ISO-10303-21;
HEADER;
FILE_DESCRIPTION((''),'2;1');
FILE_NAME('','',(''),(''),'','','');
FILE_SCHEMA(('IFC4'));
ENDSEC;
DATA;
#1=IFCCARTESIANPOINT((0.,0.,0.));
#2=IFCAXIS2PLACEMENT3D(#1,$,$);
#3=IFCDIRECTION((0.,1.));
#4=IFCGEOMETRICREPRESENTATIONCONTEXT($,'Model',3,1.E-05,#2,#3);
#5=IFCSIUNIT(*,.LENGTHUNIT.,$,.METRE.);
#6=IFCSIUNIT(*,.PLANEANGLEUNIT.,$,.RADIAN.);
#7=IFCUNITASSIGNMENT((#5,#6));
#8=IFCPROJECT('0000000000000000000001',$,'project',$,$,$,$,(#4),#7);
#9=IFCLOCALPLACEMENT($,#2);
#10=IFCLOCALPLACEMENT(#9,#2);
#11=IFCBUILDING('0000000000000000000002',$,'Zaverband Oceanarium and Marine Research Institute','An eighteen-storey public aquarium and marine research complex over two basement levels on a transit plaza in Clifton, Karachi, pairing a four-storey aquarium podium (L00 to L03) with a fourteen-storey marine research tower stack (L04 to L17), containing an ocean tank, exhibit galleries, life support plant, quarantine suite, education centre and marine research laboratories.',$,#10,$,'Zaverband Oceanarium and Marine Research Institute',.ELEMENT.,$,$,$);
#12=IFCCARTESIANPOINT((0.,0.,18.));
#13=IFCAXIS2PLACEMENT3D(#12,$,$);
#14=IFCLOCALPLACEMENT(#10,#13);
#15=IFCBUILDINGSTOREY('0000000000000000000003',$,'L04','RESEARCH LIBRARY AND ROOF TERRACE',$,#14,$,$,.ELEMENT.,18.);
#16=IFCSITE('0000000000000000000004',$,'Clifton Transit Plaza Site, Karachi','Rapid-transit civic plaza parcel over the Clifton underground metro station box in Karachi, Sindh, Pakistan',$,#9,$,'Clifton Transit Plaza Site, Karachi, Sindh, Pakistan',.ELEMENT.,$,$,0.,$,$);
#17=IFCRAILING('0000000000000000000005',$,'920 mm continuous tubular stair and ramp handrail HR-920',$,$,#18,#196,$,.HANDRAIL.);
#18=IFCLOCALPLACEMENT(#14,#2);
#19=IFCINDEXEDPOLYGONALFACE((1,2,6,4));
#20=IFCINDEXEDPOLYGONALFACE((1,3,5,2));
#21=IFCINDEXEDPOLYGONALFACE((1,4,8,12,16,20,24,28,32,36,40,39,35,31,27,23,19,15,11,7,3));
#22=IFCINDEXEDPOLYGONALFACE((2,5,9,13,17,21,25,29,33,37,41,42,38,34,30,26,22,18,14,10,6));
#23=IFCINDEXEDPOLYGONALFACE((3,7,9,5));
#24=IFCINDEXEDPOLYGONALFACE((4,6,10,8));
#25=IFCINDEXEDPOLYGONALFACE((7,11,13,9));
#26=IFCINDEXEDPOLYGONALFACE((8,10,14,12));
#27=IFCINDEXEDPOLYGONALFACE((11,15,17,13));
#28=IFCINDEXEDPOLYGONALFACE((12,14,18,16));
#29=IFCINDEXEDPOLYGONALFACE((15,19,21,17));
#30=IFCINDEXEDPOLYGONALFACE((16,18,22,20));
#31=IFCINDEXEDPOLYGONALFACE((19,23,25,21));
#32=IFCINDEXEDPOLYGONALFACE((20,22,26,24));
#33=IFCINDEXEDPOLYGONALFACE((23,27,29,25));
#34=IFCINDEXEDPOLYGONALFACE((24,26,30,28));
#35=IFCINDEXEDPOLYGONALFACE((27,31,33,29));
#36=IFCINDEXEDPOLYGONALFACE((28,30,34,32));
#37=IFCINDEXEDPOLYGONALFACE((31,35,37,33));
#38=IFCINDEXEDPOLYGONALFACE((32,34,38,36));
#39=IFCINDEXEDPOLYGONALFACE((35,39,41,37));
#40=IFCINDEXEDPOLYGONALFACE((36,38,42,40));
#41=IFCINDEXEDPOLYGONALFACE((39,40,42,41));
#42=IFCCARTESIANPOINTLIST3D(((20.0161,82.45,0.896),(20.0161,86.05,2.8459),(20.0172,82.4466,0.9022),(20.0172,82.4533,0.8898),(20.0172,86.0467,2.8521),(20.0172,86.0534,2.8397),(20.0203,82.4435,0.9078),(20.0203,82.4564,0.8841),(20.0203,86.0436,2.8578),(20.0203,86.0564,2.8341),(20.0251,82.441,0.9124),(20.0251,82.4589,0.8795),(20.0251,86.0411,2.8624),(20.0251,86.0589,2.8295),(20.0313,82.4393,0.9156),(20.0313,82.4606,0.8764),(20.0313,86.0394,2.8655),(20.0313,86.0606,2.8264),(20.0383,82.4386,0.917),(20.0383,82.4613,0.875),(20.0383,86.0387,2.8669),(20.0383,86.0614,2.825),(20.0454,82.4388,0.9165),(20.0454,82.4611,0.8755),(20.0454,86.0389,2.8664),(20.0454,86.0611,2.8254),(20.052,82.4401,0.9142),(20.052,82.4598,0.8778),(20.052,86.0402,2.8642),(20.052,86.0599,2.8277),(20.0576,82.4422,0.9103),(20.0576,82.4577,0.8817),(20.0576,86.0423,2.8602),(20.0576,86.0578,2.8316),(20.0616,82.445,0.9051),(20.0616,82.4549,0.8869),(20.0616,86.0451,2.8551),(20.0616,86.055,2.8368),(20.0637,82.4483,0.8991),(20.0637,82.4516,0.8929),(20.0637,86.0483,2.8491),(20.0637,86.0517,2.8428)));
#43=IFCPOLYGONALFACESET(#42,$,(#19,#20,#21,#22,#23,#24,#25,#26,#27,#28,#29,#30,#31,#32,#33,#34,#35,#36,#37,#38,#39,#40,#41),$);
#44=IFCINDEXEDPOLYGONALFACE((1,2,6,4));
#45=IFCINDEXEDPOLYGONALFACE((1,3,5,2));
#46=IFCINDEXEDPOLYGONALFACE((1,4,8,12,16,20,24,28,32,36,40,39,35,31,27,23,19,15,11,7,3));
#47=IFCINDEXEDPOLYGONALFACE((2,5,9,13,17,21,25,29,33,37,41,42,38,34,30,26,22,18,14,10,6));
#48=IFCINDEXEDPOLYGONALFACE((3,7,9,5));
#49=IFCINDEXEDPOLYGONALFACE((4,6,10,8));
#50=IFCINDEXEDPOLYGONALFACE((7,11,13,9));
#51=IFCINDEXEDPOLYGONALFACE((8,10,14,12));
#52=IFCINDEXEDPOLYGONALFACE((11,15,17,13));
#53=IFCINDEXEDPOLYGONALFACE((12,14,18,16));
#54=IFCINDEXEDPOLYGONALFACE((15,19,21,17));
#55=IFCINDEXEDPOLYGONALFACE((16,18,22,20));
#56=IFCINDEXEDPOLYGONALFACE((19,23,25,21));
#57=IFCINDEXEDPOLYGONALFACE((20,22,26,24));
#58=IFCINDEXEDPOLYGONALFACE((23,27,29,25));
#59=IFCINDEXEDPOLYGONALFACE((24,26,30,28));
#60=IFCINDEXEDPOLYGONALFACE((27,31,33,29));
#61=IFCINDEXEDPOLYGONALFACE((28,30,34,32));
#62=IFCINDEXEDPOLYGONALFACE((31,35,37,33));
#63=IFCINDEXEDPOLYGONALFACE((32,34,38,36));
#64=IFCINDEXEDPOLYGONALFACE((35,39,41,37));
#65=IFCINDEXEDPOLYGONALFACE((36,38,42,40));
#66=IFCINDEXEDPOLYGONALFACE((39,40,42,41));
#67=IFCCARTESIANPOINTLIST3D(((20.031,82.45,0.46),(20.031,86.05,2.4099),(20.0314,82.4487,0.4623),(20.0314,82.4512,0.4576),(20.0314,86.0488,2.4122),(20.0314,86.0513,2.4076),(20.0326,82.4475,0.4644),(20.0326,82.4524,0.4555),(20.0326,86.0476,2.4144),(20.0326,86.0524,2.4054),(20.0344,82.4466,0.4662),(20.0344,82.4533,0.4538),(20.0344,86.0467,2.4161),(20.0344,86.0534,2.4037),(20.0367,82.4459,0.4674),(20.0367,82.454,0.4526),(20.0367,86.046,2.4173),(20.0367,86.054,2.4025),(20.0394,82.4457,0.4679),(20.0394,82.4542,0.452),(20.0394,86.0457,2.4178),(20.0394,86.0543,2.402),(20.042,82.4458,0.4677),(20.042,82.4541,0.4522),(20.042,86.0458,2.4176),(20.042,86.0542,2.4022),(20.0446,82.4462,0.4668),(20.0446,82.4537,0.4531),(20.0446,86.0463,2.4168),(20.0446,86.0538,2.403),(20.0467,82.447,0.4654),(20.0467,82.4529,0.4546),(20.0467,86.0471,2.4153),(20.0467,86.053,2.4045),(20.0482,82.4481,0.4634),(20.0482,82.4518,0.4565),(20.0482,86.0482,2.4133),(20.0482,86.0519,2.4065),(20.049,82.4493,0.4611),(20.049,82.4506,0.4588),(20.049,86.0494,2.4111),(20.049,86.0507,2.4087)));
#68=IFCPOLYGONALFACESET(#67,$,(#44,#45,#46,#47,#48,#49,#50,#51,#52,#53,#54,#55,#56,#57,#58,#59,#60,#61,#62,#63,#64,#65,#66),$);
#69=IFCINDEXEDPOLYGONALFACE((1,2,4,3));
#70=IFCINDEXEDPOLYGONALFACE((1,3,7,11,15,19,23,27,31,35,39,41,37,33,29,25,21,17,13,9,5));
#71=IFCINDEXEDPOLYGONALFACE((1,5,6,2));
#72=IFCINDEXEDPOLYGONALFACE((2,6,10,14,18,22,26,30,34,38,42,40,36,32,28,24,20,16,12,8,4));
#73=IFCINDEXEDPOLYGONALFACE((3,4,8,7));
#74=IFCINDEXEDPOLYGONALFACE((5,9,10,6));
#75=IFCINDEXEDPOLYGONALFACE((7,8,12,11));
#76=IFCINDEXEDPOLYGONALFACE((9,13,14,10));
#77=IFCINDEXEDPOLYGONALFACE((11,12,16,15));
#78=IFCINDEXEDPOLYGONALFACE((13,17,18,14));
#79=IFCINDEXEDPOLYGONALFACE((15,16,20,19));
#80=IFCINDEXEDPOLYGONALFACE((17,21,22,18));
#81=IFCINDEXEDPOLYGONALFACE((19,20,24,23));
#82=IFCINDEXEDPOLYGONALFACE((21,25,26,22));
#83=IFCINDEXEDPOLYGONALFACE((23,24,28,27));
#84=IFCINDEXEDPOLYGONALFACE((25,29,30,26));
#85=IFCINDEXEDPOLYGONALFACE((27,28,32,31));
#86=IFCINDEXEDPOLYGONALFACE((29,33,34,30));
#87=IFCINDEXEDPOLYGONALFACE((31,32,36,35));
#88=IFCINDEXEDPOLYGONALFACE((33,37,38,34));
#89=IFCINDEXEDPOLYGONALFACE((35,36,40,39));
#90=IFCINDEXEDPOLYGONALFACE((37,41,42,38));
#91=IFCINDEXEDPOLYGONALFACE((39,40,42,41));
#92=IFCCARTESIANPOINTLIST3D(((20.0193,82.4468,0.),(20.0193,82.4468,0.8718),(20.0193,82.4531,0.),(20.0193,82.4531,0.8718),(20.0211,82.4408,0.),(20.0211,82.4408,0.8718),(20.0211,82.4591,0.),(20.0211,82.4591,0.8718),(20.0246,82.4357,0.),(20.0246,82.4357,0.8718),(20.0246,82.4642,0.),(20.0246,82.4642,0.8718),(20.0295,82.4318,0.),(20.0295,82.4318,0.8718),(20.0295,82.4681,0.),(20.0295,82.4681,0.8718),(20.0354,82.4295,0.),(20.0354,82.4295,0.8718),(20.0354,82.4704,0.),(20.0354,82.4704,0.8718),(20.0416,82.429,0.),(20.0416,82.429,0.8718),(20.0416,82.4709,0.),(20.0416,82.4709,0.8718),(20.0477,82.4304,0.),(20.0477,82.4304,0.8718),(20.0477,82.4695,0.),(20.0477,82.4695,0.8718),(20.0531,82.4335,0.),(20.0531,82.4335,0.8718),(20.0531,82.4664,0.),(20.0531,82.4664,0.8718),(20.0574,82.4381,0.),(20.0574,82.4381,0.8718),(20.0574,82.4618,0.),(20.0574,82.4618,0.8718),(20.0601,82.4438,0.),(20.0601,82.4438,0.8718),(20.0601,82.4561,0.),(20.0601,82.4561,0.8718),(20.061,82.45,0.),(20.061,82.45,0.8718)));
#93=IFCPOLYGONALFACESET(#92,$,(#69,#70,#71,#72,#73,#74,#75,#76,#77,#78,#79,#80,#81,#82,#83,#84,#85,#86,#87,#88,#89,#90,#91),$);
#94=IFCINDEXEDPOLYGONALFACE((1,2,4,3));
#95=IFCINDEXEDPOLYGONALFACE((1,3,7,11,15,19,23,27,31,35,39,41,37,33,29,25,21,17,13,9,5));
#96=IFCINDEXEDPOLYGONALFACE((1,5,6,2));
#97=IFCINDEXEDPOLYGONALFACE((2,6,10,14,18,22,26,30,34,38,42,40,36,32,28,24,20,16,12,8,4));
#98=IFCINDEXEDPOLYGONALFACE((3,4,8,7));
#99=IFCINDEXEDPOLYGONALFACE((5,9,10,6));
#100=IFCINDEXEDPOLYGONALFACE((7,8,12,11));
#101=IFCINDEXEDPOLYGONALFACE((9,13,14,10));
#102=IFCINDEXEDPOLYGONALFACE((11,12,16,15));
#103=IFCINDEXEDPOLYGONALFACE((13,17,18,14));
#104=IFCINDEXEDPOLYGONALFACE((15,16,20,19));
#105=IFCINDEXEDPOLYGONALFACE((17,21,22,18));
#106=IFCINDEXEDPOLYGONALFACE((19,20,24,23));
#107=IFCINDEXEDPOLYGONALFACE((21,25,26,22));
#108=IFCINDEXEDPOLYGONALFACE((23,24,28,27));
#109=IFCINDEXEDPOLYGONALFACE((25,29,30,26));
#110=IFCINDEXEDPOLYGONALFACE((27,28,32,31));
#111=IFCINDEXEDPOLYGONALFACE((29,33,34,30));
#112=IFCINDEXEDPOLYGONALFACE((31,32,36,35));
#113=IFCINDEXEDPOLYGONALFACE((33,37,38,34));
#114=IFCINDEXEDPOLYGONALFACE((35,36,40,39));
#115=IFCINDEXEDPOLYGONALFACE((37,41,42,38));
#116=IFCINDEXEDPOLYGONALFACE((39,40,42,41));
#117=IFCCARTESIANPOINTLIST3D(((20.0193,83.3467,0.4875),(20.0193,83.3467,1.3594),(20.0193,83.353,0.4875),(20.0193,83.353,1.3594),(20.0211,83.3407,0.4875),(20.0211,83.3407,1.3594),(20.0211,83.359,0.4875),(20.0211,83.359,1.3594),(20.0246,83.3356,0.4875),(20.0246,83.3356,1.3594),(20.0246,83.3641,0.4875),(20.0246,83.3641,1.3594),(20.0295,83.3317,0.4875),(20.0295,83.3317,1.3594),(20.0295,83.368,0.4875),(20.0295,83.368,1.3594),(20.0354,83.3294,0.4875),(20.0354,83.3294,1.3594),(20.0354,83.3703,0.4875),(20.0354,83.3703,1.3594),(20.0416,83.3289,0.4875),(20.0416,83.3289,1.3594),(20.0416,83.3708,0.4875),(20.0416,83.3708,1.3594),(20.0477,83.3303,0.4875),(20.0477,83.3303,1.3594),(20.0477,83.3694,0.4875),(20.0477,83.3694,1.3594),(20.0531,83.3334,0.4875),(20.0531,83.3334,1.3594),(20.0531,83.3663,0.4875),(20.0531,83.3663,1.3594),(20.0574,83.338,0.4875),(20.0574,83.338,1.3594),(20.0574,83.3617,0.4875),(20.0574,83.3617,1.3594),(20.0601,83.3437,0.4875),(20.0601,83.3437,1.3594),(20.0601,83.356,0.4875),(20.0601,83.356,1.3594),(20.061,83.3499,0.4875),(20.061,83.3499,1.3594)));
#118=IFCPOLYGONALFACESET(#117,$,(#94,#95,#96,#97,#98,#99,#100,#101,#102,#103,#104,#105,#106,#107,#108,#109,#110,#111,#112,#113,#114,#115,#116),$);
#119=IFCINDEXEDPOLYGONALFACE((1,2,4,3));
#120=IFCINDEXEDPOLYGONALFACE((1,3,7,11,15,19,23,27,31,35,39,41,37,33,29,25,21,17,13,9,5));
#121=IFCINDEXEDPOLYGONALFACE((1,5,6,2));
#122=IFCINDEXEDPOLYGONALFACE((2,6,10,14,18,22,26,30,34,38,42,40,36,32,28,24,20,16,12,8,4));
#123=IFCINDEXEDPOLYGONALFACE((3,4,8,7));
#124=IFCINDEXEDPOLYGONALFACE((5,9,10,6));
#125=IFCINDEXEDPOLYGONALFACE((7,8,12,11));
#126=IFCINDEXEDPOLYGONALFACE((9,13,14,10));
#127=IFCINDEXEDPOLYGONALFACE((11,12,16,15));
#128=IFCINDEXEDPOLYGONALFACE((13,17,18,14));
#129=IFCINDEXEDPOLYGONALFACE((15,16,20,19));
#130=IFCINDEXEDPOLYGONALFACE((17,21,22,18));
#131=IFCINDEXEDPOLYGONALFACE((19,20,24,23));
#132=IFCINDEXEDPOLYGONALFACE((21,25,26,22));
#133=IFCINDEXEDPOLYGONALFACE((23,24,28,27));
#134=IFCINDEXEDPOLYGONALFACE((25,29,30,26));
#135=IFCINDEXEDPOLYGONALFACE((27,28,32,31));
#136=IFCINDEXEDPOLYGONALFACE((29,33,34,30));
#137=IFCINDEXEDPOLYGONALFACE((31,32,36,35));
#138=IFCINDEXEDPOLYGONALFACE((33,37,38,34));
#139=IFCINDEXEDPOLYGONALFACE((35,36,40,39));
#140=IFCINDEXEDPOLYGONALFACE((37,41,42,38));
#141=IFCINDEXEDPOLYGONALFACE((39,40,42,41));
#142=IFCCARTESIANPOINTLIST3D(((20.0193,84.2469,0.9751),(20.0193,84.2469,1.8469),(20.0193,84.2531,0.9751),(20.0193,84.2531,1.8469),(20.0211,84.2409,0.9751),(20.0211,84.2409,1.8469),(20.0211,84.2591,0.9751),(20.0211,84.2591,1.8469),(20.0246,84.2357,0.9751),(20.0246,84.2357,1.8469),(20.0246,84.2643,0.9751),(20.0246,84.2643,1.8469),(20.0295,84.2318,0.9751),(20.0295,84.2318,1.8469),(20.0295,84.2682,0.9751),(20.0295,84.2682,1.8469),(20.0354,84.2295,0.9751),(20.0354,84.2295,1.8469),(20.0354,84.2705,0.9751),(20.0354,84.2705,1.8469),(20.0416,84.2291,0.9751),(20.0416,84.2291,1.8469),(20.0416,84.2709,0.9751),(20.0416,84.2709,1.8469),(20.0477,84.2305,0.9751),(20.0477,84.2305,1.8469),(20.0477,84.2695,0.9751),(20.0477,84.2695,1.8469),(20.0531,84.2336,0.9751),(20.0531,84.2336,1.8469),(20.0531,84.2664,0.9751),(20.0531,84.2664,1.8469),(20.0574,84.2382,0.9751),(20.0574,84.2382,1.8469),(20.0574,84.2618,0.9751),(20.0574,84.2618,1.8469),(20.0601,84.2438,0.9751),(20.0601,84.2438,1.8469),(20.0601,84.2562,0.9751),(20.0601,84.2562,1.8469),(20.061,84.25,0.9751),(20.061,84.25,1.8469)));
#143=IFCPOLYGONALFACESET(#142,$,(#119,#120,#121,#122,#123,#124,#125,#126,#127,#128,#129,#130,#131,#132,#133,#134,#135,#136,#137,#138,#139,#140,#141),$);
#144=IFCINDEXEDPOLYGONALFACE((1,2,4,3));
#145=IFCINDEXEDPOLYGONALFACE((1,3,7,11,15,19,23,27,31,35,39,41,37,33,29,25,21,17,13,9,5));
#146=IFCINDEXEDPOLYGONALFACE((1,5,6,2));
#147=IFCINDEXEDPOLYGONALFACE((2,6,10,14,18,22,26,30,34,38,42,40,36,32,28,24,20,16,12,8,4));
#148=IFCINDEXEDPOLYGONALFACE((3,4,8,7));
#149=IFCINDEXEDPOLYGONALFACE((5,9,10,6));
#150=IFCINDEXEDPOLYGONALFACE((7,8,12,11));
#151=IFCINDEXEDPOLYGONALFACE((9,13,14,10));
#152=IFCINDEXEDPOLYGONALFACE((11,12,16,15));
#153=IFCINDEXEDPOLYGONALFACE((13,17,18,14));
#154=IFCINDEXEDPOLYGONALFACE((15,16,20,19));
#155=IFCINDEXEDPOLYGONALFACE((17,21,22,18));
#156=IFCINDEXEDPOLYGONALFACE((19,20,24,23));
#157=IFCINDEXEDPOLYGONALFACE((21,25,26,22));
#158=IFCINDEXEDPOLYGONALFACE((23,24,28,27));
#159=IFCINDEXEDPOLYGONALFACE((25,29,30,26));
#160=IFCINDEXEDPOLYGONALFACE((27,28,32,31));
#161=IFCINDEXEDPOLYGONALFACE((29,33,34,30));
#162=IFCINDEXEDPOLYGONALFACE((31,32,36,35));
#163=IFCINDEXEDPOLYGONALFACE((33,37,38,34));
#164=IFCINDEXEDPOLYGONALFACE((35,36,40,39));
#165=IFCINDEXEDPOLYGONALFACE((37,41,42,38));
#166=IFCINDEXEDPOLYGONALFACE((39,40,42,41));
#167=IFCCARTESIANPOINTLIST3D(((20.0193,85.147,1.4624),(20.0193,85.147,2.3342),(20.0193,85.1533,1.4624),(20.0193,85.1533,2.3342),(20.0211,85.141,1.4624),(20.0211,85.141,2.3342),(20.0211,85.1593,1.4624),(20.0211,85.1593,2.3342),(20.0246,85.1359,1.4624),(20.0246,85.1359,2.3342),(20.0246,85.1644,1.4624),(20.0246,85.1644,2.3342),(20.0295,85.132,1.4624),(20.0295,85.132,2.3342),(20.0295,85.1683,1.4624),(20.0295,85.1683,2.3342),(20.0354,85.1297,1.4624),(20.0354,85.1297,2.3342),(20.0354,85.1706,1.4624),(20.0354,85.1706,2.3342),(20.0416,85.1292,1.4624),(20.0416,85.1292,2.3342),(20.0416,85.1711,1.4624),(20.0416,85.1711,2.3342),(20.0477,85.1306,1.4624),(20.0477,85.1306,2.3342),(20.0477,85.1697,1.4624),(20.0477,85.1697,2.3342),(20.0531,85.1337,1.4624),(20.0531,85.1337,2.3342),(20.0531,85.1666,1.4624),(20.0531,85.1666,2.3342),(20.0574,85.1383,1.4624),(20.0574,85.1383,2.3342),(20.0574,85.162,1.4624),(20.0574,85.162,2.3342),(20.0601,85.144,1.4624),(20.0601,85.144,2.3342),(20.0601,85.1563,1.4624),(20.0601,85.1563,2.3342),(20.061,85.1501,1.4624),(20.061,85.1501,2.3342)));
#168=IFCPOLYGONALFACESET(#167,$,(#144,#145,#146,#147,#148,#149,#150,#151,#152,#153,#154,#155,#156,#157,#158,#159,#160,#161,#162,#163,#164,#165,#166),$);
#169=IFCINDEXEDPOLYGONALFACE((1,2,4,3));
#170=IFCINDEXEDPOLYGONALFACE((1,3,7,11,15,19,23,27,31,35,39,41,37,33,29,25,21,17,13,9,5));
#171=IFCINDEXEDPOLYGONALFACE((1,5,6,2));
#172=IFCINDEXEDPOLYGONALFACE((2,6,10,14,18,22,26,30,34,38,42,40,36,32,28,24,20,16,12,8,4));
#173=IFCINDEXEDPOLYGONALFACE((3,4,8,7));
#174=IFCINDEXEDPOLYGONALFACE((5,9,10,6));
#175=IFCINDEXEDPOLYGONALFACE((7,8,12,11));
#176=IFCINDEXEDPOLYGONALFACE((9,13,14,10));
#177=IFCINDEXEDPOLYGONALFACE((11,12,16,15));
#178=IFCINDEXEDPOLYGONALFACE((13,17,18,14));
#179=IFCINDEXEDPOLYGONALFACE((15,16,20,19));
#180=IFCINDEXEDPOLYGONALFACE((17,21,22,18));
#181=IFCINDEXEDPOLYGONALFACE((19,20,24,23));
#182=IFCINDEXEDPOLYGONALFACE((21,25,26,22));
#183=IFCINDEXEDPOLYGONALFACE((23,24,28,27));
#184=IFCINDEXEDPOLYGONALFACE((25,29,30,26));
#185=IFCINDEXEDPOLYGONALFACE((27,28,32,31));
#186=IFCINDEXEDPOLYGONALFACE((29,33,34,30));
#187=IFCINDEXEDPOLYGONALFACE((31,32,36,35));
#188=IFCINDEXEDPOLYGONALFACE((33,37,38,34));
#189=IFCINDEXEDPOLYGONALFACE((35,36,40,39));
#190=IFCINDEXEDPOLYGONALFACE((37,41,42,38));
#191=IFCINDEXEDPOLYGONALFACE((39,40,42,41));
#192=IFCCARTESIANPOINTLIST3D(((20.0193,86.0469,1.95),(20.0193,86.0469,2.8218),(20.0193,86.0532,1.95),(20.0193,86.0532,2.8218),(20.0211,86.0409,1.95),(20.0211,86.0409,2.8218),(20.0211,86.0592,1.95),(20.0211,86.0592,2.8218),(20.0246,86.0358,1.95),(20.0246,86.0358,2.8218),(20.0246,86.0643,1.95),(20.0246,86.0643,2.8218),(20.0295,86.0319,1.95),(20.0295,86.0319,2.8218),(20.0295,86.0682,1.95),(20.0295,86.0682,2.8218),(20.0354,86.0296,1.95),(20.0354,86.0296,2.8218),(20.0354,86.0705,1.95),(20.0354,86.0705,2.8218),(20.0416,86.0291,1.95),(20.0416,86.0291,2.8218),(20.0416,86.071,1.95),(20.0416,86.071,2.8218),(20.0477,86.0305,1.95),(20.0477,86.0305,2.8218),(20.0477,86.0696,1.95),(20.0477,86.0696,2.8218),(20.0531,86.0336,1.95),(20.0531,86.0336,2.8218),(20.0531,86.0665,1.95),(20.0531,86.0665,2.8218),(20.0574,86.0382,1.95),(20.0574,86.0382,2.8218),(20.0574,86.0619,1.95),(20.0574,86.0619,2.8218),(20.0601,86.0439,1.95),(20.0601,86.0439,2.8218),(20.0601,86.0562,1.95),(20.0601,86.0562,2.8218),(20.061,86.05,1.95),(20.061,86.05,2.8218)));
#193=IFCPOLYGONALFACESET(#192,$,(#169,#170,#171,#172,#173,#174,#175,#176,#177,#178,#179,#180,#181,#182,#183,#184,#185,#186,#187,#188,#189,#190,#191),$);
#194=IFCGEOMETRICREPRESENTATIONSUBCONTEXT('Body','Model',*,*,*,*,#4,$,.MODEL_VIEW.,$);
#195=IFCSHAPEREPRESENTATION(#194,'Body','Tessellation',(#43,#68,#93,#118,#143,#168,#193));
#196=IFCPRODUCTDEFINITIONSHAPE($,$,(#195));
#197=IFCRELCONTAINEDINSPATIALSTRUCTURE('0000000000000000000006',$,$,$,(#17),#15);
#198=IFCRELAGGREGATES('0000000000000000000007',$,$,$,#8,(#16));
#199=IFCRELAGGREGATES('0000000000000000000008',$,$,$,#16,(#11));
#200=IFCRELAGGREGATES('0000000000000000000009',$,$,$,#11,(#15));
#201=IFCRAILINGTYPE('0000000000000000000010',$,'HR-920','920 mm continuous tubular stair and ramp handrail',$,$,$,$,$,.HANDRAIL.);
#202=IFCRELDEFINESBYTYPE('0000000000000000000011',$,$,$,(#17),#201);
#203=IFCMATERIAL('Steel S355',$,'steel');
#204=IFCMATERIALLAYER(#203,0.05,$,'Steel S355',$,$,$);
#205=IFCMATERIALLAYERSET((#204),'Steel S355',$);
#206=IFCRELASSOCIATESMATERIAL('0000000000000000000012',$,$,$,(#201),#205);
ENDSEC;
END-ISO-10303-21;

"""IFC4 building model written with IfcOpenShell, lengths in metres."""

from ifc_helpers import new_model, si_unit, direction, frame, origin, origin_2d, place, context, subcontext, project, spatial, circle, extrude, material, layer, layer_set, type_object, element, save


model = new_model("IFC4")

# Units and contexts
model_context = context("Model", 3, precision=1e-05, world=origin(), true_north=direction((0.0, 1.0)))
body_context = subcontext(model_context, "Body", "Model", "MODEL_VIEW")
ifc_project = project(units=[si_unit("LENGTHUNIT", "METRE"), si_unit("PLANEANGLEUNIT", "RADIAN")], contexts=[model_context])

# Site, building, storey
site_placement = place(None, origin())
site = spatial("IfcSite", under=ifc_project, at=site_placement, Name="Clifton Transit Plaza Site, Karachi", Description="Rapid-transit civic plaza parcel over the Clifton underground metro station box in Karachi, Sindh, Pakistan", LongName="Clifton Transit Plaza Site, Karachi, Sindh, Pakistan", CompositionType="ELEMENT", RefElevation=0.0)
building_placement = place(site_placement, origin())
building = spatial("IfcBuilding", under=site, at=building_placement, Name="Zaverband Oceanarium and Marine Research Institute", Description="An eighteen-storey public aquarium and marine research complex over two basement levels on a transit plaza in Clifton, Karachi, pairing a four-storey aquarium podium (L00 to L03) with a fourteen-storey marine research tower stack (L04 to L17), containing an ocean tank, exhibit galleries, life support plant, quarantine suite, education centre and marine research laboratories.", LongName="Zaverband Oceanarium and Marine Research Institute", CompositionType="ELEMENT")
storey_placement = place(building_placement, frame((0.0, 0.0, 18.0)))
storey = spatial("IfcBuildingStorey", under=building, at=storey_placement, Name="L04", Description="RESEARCH LIBRARY AND ROOF TERRACE", CompositionType="ELEMENT", Elevation=18.0)

# Shared definitions
ifc_material_1 = material(Name="Steel S355", Category="steel")

# Railing
ifc_layer_1 = layer(ifc_material_1, 0.05, Name="Steel S355")
ifc_layer_set_1 = layer_set([ifc_layer_1], Name="Steel S355")
railing_type_1 = type_object("IfcRailingType", Name="HR-920", Description="920 mm continuous tubular stair and ramp handrail", PredefinedType="HANDRAIL", material=ifc_layer_set_1)
railing_placement = place(storey_placement, frame((20.04, 82.45, 0.0)))
element("IfcRailing", 1, at=railing_placement, inside=storey, type_object=railing_type_1, Name="920 mm continuous tubular stair and ramp handrail HR-920", PredefinedType="HANDRAIL", context=body_context, shape_type="SweptSolid", body=[
    extrude(circle(Radius=0.0239, at=origin_2d()), frame((0.0, 0.0, 0.896), z_axis=(0.0, 0.879302, 0.476264), x_axis=(-1.0, 0.0, 0.0)), (0.0, 0.0, 1.0), 4.0942),
    extrude(circle(Radius=0.009, at=origin_2d()), frame((0.0, 0.0, 0.46), z_axis=(0.0, 0.879302, 0.476264), x_axis=(-1.0, 0.0, 0.0)), (0.0, 0.0, 1.0), 4.0942),
    extrude(circle(Radius=0.021, at=origin_2d()), origin(), (0.0, 0.0, 1.0), 0.8718),
    extrude(circle(Radius=0.021, at=origin_2d()), frame((0.0, 0.8999, 0.4875)), (0.0, 0.0, 1.0), 0.8718),
    extrude(circle(Radius=0.021, at=origin_2d()), frame((0.0, 1.8, 0.9751)), (0.0, 0.0, 1.0), 0.8718),
    extrude(circle(Radius=0.021, at=origin_2d()), frame((0.0, 2.7002, 1.4624)), (0.0, 0.0, 1.0), 0.8718),
    extrude(circle(Radius=0.021, at=origin_2d()), frame((0.0, 3.6001, 1.95)), (0.0, 0.0, 1.0), 0.8718),
])

save(model, "model.ifc")
